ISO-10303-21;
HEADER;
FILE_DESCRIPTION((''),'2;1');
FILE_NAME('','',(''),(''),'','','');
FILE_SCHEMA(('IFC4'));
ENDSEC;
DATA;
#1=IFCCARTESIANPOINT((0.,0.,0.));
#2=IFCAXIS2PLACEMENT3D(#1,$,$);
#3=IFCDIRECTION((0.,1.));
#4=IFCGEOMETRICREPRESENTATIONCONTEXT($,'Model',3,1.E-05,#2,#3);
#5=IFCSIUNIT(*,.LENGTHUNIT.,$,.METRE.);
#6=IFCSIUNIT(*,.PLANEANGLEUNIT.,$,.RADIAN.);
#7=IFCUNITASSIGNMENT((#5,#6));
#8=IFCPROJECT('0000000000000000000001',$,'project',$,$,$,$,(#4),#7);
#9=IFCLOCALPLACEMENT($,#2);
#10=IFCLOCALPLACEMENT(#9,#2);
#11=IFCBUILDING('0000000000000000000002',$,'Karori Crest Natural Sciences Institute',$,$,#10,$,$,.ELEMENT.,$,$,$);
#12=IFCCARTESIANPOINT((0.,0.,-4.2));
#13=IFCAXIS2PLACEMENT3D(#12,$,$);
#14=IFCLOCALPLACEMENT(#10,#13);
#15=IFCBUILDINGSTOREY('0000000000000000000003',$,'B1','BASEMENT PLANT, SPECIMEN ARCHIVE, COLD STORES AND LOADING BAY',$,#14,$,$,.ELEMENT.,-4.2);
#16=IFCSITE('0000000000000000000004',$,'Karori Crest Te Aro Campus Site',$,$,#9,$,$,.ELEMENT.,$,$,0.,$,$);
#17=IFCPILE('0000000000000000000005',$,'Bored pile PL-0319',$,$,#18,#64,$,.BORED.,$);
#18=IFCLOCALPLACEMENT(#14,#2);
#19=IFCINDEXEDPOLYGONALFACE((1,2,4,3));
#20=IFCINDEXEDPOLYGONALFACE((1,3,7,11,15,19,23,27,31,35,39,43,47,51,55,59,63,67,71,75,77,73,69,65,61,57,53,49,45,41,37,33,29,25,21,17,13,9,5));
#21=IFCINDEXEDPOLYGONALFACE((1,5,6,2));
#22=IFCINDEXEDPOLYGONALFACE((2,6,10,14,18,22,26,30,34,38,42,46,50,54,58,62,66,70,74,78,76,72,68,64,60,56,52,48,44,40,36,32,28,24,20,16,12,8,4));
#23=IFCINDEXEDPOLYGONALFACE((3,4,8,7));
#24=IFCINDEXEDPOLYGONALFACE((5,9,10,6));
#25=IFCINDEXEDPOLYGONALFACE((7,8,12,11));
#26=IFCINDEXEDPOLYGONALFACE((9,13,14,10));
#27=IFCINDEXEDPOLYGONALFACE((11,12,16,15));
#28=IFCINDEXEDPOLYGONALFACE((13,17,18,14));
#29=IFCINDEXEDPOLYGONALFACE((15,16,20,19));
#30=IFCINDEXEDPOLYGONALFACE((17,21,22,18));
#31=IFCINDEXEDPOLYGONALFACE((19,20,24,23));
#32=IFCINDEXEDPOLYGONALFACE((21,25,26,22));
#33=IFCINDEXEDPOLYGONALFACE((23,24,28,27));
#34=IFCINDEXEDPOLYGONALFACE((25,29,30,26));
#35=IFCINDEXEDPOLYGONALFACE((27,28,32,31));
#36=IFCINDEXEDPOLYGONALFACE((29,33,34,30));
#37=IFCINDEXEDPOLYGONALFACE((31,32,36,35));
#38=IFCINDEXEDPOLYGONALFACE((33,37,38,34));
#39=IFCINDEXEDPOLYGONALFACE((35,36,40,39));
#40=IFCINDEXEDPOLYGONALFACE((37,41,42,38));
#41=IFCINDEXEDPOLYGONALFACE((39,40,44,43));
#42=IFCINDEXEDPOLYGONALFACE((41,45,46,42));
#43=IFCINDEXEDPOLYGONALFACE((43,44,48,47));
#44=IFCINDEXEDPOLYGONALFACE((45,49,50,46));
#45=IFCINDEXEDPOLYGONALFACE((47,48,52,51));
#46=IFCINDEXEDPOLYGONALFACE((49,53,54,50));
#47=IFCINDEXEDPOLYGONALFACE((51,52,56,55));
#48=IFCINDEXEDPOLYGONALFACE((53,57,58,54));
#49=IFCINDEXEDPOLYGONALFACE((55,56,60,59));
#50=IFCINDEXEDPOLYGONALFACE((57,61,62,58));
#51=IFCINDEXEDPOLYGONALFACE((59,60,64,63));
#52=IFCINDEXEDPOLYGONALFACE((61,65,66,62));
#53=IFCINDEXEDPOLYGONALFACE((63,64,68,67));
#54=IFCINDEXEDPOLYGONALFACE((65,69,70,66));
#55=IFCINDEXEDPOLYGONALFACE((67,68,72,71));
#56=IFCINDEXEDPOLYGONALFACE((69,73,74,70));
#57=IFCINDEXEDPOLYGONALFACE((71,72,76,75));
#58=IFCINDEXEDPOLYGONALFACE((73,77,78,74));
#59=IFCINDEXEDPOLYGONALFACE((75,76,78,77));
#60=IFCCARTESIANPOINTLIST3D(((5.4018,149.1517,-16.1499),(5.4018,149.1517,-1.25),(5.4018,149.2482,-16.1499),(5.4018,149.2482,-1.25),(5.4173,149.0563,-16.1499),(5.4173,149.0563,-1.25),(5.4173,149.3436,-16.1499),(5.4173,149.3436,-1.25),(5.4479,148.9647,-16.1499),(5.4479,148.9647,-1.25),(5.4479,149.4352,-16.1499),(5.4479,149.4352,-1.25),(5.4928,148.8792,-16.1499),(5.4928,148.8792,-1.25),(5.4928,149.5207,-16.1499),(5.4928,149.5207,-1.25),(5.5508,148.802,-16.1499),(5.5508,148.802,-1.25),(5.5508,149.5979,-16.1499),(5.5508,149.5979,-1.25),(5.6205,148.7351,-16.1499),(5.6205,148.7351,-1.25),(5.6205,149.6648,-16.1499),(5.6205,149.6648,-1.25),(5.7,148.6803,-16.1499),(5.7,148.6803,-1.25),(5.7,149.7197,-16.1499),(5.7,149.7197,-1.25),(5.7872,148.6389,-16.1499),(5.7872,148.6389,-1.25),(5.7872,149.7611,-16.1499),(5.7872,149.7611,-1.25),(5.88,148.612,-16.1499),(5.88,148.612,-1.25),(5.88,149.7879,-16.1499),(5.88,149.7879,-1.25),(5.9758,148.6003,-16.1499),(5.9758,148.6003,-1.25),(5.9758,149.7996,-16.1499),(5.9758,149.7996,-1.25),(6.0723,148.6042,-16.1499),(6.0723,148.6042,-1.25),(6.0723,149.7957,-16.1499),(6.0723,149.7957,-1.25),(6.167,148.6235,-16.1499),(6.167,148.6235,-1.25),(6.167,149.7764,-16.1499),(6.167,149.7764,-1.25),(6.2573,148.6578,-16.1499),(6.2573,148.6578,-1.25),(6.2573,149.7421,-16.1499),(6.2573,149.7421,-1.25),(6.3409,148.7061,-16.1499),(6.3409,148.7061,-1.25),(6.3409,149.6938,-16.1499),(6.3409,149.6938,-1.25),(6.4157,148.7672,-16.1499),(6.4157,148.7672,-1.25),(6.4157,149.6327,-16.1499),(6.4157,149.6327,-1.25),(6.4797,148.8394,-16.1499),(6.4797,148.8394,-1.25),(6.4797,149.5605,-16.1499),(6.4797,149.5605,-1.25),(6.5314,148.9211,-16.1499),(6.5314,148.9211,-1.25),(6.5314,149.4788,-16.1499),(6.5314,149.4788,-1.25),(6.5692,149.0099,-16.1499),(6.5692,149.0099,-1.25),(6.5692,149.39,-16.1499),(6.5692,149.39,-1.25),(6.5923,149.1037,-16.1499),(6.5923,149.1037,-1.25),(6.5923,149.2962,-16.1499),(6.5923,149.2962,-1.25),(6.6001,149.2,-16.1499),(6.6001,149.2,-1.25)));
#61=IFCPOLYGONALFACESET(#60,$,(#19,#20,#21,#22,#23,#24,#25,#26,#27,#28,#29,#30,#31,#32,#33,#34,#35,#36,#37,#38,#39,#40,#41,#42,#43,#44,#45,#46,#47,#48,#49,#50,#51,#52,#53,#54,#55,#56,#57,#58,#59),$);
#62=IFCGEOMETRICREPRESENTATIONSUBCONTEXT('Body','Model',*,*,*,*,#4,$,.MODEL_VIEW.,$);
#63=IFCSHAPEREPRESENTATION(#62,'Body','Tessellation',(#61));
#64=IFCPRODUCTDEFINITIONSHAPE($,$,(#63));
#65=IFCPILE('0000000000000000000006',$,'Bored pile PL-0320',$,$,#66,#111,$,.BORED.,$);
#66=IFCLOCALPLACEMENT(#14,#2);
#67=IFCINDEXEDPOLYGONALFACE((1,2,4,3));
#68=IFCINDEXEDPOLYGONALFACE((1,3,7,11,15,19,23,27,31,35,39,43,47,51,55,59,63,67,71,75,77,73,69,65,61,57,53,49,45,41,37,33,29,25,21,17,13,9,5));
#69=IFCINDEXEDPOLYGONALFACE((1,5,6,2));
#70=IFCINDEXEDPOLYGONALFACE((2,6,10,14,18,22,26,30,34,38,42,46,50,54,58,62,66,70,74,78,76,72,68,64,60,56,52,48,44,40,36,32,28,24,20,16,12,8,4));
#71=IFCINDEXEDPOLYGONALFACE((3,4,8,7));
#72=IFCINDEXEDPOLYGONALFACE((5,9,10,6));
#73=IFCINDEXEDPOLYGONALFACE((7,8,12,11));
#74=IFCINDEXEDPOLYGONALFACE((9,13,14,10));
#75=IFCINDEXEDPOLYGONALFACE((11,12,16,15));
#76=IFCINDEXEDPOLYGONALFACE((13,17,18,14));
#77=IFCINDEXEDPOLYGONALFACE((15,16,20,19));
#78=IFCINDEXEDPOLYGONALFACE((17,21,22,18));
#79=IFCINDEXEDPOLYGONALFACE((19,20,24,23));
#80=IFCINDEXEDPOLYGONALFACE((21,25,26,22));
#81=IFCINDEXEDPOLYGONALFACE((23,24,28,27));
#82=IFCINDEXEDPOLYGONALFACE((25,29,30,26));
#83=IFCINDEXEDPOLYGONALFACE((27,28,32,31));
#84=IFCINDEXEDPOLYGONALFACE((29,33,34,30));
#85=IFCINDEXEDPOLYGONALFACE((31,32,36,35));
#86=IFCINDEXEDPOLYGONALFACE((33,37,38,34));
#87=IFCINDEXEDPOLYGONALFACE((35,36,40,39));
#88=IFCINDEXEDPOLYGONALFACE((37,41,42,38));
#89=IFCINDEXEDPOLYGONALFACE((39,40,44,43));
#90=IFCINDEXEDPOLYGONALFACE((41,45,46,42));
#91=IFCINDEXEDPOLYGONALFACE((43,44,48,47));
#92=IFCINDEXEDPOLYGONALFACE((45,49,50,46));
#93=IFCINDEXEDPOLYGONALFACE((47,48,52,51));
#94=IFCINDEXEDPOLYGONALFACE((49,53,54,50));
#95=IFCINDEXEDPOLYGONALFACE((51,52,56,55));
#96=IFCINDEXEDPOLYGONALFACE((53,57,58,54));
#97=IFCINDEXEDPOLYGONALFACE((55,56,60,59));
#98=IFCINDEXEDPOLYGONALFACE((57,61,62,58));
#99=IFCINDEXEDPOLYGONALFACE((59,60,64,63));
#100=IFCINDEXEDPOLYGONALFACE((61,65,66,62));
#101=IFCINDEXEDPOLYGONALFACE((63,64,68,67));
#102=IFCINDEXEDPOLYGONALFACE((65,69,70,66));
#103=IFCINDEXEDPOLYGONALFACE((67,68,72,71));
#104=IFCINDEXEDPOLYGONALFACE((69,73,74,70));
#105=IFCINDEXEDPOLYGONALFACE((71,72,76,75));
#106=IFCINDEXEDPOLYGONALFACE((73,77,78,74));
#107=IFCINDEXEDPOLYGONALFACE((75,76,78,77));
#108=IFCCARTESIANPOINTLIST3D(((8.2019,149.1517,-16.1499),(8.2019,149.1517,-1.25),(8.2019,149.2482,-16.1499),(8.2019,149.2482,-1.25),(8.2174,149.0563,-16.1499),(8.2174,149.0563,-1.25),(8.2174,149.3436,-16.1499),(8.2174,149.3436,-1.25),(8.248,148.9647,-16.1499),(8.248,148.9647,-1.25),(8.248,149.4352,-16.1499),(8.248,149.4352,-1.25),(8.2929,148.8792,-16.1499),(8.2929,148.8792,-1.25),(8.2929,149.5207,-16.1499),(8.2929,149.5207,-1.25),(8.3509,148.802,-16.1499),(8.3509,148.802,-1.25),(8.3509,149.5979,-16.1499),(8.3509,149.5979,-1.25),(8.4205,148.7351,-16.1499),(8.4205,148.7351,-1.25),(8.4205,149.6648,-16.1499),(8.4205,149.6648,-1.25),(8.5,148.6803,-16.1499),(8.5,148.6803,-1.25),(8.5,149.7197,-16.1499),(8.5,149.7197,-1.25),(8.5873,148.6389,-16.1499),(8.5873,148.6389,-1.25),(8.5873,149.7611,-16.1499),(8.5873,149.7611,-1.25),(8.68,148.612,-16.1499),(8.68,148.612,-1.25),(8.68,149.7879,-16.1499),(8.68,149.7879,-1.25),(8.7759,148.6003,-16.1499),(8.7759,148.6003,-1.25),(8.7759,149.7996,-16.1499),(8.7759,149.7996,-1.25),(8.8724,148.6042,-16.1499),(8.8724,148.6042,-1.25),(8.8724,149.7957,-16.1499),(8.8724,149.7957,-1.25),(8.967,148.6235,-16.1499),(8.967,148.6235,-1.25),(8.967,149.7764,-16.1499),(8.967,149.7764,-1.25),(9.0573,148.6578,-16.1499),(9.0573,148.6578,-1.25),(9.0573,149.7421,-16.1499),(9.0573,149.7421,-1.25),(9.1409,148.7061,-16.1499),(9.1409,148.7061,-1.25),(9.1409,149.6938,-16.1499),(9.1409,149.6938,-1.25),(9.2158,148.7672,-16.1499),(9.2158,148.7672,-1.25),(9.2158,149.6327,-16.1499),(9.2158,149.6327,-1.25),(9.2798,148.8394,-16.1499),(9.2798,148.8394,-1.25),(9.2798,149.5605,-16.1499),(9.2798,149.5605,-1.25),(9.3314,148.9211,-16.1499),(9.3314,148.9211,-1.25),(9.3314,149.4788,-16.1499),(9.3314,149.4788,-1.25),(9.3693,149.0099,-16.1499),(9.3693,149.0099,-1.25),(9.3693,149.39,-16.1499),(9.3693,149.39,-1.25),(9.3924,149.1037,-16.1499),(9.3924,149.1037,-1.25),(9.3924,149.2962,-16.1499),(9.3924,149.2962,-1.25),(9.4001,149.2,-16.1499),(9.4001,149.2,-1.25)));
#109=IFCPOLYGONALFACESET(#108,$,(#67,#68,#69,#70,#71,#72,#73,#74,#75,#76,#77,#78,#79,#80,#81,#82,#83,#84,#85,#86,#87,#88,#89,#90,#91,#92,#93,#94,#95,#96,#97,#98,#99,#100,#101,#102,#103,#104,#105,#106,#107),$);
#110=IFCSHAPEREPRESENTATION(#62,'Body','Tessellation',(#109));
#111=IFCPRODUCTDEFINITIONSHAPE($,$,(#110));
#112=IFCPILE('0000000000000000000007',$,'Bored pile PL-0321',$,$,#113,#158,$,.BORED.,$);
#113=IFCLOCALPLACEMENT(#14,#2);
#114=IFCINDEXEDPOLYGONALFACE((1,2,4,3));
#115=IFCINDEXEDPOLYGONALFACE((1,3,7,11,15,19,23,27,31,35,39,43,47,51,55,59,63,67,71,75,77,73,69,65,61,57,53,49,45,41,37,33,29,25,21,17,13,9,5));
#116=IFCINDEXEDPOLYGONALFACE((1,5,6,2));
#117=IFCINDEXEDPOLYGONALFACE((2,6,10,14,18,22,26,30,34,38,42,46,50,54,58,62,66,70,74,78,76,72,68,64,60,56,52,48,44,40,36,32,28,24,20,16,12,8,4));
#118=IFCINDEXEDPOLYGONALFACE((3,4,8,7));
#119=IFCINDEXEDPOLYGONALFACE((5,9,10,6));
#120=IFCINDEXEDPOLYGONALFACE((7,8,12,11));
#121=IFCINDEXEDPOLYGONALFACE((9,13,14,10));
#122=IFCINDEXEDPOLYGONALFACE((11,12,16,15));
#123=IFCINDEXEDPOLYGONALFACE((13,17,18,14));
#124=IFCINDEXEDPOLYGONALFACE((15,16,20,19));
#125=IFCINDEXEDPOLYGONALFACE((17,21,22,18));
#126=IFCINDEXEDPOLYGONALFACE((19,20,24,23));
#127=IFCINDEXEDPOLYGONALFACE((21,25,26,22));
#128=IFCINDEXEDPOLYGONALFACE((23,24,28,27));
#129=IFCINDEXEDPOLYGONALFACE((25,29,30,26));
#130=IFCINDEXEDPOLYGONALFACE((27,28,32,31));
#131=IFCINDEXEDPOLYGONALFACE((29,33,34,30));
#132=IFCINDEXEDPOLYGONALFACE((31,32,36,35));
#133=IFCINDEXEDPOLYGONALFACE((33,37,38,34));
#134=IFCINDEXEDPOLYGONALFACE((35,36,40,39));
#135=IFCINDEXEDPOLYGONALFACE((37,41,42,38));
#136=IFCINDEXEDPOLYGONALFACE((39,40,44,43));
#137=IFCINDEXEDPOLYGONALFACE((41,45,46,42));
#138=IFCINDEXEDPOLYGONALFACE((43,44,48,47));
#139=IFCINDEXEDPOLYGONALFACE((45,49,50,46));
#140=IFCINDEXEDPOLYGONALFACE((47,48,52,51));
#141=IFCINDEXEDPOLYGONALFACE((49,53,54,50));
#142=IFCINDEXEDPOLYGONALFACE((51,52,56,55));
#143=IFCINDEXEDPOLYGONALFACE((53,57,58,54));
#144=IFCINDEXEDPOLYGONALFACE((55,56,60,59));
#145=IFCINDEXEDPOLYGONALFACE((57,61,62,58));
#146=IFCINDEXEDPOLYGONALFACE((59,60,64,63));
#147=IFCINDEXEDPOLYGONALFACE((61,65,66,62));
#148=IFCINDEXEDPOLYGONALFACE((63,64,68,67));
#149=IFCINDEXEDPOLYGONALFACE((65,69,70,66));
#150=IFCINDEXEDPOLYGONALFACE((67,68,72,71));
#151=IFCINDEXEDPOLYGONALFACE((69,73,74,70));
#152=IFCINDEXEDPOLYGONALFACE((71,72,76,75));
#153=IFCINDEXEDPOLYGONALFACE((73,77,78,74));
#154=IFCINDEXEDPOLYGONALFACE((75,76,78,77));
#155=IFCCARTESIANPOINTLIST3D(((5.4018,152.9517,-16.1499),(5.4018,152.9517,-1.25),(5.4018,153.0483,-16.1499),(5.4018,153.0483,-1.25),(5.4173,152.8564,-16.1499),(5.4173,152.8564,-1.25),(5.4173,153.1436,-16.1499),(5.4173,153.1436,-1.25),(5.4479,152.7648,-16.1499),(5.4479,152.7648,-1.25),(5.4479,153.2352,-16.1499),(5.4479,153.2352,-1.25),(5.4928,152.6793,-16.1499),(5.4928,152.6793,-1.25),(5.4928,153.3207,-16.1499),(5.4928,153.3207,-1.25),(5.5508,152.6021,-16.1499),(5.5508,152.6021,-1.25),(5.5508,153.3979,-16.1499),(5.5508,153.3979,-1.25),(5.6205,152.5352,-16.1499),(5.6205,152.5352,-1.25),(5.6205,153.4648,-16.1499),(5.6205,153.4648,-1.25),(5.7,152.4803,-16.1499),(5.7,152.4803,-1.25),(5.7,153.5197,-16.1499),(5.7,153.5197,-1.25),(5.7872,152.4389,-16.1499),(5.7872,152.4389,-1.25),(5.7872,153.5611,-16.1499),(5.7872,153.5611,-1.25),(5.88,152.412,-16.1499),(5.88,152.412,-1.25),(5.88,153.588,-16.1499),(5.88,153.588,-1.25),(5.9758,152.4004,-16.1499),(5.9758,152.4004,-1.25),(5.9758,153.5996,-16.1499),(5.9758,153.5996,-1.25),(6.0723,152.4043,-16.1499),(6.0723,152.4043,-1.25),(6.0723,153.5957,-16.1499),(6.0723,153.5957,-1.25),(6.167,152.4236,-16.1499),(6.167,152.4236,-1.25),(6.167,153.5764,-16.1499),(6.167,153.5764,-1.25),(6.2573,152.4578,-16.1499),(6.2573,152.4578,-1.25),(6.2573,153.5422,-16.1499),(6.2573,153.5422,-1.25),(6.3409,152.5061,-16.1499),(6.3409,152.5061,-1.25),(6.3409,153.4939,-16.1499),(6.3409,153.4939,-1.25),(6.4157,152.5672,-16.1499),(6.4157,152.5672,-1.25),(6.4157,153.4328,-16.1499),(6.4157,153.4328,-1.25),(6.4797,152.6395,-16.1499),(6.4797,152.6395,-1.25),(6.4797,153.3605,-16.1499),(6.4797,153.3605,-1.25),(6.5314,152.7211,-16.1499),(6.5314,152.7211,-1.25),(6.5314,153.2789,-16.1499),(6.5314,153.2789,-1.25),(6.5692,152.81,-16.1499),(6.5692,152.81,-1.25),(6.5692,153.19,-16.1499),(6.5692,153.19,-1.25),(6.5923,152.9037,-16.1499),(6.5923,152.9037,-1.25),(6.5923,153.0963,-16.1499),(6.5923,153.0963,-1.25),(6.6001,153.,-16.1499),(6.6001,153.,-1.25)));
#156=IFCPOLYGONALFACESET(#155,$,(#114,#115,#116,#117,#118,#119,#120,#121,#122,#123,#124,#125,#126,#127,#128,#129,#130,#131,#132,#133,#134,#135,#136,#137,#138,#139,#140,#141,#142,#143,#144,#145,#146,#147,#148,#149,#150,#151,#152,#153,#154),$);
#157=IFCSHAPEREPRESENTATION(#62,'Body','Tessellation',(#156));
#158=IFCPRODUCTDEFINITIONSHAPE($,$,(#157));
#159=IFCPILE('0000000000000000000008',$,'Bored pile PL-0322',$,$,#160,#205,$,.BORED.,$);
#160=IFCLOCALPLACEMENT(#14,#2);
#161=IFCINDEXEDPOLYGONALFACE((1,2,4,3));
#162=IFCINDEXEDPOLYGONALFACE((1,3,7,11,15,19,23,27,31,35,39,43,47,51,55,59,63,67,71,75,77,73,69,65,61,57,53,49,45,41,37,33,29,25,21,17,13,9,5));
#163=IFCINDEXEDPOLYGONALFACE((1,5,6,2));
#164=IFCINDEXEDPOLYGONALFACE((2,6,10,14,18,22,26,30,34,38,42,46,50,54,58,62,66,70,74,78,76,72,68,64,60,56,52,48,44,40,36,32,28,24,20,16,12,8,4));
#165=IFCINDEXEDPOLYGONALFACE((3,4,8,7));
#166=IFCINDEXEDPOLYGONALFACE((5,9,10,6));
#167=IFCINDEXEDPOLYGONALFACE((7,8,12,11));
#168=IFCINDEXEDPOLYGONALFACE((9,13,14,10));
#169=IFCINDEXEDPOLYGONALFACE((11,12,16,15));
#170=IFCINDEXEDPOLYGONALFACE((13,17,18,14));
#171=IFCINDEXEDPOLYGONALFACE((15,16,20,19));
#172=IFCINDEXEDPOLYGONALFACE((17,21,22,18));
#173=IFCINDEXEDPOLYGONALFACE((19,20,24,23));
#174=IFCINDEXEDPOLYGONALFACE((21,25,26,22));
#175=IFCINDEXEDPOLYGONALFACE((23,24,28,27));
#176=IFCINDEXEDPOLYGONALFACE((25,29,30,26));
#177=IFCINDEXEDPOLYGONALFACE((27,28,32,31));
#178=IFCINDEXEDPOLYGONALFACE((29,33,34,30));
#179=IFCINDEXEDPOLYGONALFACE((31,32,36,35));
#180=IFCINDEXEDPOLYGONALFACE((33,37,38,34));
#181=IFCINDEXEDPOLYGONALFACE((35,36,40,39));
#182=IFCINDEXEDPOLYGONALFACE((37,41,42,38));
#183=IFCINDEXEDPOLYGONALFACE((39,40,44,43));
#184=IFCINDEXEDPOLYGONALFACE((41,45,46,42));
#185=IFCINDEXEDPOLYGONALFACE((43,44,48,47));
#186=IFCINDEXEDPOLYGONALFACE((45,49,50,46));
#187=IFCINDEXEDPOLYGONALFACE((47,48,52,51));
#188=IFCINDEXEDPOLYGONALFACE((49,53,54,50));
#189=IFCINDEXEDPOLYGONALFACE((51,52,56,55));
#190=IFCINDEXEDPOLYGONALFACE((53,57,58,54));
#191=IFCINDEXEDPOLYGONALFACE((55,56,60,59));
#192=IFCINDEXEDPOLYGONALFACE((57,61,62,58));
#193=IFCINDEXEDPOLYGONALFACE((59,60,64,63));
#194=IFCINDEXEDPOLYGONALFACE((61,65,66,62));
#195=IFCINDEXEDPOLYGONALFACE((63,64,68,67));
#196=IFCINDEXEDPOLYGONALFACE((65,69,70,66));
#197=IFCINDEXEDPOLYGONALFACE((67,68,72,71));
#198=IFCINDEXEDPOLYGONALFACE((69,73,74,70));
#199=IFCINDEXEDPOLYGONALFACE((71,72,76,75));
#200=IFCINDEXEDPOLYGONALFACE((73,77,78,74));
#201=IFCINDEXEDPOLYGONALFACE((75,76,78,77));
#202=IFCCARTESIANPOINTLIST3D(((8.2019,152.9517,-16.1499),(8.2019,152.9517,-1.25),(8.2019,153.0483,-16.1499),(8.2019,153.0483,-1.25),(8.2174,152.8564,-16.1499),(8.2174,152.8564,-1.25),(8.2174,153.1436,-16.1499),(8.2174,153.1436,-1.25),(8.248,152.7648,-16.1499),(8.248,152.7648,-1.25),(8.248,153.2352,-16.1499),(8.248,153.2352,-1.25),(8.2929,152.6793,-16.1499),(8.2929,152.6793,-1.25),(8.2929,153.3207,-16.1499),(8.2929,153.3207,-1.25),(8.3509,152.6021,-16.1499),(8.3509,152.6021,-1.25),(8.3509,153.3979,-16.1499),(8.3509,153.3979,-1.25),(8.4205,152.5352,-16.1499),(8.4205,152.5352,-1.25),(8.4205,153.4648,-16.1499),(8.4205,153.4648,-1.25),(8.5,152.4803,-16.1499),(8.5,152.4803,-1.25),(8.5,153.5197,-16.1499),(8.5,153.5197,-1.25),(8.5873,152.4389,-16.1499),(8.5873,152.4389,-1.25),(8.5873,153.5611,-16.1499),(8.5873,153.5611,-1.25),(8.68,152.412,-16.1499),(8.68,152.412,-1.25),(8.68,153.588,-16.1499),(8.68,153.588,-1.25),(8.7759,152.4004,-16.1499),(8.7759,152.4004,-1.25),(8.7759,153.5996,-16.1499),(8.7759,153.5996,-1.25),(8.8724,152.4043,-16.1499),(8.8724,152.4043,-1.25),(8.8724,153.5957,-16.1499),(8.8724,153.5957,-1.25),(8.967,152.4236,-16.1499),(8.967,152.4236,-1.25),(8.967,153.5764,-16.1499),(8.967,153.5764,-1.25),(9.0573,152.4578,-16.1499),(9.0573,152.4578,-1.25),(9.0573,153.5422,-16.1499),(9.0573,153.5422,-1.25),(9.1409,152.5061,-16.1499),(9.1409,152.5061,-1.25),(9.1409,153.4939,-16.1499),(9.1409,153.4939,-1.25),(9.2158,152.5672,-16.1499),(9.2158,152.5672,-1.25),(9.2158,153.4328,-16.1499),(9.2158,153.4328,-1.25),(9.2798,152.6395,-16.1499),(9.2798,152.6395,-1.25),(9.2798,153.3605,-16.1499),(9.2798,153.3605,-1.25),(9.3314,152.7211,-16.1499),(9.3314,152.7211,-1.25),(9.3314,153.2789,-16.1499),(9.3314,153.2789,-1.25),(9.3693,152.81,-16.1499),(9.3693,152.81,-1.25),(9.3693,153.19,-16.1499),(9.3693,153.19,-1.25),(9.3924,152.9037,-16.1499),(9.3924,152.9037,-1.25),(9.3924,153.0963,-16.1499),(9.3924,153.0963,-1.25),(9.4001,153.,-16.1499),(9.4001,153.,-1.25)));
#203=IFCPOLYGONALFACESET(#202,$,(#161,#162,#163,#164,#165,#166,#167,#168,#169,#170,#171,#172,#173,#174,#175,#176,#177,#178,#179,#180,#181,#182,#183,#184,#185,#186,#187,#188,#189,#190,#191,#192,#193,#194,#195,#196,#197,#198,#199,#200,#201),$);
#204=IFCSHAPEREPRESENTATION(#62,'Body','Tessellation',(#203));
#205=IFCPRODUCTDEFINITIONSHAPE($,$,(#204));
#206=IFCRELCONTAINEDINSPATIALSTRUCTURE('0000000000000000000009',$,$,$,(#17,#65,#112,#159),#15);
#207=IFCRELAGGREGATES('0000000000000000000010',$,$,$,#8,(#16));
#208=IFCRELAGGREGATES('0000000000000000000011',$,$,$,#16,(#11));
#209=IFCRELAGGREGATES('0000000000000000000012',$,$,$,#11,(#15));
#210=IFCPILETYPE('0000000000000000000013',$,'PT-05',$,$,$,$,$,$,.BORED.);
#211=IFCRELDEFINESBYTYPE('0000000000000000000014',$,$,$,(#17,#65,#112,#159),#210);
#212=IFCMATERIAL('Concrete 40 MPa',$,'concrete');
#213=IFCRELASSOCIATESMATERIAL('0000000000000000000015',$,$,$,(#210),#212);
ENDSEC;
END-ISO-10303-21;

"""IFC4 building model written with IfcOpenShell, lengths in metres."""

from ifc_helpers import new_model, si_unit, direction, frame, origin, origin_2d, place, context, subcontext, project, spatial, circle, extrude, material, material_profile, profile_set, type_object, element, save


model = new_model("IFC4")

# Units and contexts
model_context = context("Model", 3, precision=1e-05, world=origin(), true_north=direction((0.0, 1.0)))
body_context = subcontext(model_context, "Body", "Model", "MODEL_VIEW")
ifc_project = project(units=[si_unit("LENGTHUNIT", "METRE"), si_unit("PLANEANGLEUNIT", "RADIAN")], contexts=[model_context])

# Site, building, storey
site_placement = place(None, origin())
site = spatial("IfcSite", under=ifc_project, at=site_placement, Name="Karori Crest Te Aro Campus Site", CompositionType="ELEMENT", RefElevation=0.0)
building_placement = place(site_placement, origin())
building = spatial("IfcBuilding", under=site, at=building_placement, Name="Karori Crest Natural Sciences Institute", CompositionType="ELEMENT")
storey_placement = place(building_placement, frame((0.0, 0.0, -4.2)))
storey = spatial("IfcBuildingStorey", under=building, at=storey_placement, Name="B1", Description="BASEMENT PLANT, SPECIMEN ARCHIVE, COLD STORES AND LOADING BAY", CompositionType="ELEMENT", Elevation=-4.2)

# Shared definitions
ifc_material_1 = material(Name="Concrete 40 MPa", Category="concrete")

# Piles
ifc_material_profile_1 = material_profile(ifc_material_1, circle(Radius=0.6001, at=origin_2d()), Name="PILE1200")
ifc_profile_set_1 = profile_set([ifc_material_profile_1], Name="Concrete 40 MPa")
pile_type = type_object("IfcPileType", Name="PT-05", PredefinedType="BORED", material=ifc_profile_set_1)
for number, where, z_axis, x_axis, name in (
    (1, (6.0, 149.2, -1.25), (0.0, 0.0, -1.0), (1.0, 0.0, 0.0), "Bored pile PL-0319"),
    (2, (8.8, 149.2, -1.25), (0.0, 0.0, -1.0), (1.0, 0.0, 0.0), "Bored pile PL-0320"),
    (3, (6.0, 153.0, -1.25), (0.0, 0.0, -1.0), (1.0, 0.0, 0.0), "Bored pile PL-0321"),
    (4, (8.8, 153.0, -1.25), (0.0, 0.0, -1.0), (1.0, 0.0, 0.0), "Bored pile PL-0322"),
):
    element("IfcPile", number, at=place(storey_placement, frame(where, z_axis=z_axis, x_axis=x_axis)), inside=storey, type_object=pile_type, Name=name, PredefinedType="BORED", context=body_context, shape_type="SweptSolid", body=[
        extrude(circle(Radius=0.6001, at=origin_2d()), origin(), (0.0, 0.0, 1.0), 14.8999),
    ])

save(model, "model.ifc")
